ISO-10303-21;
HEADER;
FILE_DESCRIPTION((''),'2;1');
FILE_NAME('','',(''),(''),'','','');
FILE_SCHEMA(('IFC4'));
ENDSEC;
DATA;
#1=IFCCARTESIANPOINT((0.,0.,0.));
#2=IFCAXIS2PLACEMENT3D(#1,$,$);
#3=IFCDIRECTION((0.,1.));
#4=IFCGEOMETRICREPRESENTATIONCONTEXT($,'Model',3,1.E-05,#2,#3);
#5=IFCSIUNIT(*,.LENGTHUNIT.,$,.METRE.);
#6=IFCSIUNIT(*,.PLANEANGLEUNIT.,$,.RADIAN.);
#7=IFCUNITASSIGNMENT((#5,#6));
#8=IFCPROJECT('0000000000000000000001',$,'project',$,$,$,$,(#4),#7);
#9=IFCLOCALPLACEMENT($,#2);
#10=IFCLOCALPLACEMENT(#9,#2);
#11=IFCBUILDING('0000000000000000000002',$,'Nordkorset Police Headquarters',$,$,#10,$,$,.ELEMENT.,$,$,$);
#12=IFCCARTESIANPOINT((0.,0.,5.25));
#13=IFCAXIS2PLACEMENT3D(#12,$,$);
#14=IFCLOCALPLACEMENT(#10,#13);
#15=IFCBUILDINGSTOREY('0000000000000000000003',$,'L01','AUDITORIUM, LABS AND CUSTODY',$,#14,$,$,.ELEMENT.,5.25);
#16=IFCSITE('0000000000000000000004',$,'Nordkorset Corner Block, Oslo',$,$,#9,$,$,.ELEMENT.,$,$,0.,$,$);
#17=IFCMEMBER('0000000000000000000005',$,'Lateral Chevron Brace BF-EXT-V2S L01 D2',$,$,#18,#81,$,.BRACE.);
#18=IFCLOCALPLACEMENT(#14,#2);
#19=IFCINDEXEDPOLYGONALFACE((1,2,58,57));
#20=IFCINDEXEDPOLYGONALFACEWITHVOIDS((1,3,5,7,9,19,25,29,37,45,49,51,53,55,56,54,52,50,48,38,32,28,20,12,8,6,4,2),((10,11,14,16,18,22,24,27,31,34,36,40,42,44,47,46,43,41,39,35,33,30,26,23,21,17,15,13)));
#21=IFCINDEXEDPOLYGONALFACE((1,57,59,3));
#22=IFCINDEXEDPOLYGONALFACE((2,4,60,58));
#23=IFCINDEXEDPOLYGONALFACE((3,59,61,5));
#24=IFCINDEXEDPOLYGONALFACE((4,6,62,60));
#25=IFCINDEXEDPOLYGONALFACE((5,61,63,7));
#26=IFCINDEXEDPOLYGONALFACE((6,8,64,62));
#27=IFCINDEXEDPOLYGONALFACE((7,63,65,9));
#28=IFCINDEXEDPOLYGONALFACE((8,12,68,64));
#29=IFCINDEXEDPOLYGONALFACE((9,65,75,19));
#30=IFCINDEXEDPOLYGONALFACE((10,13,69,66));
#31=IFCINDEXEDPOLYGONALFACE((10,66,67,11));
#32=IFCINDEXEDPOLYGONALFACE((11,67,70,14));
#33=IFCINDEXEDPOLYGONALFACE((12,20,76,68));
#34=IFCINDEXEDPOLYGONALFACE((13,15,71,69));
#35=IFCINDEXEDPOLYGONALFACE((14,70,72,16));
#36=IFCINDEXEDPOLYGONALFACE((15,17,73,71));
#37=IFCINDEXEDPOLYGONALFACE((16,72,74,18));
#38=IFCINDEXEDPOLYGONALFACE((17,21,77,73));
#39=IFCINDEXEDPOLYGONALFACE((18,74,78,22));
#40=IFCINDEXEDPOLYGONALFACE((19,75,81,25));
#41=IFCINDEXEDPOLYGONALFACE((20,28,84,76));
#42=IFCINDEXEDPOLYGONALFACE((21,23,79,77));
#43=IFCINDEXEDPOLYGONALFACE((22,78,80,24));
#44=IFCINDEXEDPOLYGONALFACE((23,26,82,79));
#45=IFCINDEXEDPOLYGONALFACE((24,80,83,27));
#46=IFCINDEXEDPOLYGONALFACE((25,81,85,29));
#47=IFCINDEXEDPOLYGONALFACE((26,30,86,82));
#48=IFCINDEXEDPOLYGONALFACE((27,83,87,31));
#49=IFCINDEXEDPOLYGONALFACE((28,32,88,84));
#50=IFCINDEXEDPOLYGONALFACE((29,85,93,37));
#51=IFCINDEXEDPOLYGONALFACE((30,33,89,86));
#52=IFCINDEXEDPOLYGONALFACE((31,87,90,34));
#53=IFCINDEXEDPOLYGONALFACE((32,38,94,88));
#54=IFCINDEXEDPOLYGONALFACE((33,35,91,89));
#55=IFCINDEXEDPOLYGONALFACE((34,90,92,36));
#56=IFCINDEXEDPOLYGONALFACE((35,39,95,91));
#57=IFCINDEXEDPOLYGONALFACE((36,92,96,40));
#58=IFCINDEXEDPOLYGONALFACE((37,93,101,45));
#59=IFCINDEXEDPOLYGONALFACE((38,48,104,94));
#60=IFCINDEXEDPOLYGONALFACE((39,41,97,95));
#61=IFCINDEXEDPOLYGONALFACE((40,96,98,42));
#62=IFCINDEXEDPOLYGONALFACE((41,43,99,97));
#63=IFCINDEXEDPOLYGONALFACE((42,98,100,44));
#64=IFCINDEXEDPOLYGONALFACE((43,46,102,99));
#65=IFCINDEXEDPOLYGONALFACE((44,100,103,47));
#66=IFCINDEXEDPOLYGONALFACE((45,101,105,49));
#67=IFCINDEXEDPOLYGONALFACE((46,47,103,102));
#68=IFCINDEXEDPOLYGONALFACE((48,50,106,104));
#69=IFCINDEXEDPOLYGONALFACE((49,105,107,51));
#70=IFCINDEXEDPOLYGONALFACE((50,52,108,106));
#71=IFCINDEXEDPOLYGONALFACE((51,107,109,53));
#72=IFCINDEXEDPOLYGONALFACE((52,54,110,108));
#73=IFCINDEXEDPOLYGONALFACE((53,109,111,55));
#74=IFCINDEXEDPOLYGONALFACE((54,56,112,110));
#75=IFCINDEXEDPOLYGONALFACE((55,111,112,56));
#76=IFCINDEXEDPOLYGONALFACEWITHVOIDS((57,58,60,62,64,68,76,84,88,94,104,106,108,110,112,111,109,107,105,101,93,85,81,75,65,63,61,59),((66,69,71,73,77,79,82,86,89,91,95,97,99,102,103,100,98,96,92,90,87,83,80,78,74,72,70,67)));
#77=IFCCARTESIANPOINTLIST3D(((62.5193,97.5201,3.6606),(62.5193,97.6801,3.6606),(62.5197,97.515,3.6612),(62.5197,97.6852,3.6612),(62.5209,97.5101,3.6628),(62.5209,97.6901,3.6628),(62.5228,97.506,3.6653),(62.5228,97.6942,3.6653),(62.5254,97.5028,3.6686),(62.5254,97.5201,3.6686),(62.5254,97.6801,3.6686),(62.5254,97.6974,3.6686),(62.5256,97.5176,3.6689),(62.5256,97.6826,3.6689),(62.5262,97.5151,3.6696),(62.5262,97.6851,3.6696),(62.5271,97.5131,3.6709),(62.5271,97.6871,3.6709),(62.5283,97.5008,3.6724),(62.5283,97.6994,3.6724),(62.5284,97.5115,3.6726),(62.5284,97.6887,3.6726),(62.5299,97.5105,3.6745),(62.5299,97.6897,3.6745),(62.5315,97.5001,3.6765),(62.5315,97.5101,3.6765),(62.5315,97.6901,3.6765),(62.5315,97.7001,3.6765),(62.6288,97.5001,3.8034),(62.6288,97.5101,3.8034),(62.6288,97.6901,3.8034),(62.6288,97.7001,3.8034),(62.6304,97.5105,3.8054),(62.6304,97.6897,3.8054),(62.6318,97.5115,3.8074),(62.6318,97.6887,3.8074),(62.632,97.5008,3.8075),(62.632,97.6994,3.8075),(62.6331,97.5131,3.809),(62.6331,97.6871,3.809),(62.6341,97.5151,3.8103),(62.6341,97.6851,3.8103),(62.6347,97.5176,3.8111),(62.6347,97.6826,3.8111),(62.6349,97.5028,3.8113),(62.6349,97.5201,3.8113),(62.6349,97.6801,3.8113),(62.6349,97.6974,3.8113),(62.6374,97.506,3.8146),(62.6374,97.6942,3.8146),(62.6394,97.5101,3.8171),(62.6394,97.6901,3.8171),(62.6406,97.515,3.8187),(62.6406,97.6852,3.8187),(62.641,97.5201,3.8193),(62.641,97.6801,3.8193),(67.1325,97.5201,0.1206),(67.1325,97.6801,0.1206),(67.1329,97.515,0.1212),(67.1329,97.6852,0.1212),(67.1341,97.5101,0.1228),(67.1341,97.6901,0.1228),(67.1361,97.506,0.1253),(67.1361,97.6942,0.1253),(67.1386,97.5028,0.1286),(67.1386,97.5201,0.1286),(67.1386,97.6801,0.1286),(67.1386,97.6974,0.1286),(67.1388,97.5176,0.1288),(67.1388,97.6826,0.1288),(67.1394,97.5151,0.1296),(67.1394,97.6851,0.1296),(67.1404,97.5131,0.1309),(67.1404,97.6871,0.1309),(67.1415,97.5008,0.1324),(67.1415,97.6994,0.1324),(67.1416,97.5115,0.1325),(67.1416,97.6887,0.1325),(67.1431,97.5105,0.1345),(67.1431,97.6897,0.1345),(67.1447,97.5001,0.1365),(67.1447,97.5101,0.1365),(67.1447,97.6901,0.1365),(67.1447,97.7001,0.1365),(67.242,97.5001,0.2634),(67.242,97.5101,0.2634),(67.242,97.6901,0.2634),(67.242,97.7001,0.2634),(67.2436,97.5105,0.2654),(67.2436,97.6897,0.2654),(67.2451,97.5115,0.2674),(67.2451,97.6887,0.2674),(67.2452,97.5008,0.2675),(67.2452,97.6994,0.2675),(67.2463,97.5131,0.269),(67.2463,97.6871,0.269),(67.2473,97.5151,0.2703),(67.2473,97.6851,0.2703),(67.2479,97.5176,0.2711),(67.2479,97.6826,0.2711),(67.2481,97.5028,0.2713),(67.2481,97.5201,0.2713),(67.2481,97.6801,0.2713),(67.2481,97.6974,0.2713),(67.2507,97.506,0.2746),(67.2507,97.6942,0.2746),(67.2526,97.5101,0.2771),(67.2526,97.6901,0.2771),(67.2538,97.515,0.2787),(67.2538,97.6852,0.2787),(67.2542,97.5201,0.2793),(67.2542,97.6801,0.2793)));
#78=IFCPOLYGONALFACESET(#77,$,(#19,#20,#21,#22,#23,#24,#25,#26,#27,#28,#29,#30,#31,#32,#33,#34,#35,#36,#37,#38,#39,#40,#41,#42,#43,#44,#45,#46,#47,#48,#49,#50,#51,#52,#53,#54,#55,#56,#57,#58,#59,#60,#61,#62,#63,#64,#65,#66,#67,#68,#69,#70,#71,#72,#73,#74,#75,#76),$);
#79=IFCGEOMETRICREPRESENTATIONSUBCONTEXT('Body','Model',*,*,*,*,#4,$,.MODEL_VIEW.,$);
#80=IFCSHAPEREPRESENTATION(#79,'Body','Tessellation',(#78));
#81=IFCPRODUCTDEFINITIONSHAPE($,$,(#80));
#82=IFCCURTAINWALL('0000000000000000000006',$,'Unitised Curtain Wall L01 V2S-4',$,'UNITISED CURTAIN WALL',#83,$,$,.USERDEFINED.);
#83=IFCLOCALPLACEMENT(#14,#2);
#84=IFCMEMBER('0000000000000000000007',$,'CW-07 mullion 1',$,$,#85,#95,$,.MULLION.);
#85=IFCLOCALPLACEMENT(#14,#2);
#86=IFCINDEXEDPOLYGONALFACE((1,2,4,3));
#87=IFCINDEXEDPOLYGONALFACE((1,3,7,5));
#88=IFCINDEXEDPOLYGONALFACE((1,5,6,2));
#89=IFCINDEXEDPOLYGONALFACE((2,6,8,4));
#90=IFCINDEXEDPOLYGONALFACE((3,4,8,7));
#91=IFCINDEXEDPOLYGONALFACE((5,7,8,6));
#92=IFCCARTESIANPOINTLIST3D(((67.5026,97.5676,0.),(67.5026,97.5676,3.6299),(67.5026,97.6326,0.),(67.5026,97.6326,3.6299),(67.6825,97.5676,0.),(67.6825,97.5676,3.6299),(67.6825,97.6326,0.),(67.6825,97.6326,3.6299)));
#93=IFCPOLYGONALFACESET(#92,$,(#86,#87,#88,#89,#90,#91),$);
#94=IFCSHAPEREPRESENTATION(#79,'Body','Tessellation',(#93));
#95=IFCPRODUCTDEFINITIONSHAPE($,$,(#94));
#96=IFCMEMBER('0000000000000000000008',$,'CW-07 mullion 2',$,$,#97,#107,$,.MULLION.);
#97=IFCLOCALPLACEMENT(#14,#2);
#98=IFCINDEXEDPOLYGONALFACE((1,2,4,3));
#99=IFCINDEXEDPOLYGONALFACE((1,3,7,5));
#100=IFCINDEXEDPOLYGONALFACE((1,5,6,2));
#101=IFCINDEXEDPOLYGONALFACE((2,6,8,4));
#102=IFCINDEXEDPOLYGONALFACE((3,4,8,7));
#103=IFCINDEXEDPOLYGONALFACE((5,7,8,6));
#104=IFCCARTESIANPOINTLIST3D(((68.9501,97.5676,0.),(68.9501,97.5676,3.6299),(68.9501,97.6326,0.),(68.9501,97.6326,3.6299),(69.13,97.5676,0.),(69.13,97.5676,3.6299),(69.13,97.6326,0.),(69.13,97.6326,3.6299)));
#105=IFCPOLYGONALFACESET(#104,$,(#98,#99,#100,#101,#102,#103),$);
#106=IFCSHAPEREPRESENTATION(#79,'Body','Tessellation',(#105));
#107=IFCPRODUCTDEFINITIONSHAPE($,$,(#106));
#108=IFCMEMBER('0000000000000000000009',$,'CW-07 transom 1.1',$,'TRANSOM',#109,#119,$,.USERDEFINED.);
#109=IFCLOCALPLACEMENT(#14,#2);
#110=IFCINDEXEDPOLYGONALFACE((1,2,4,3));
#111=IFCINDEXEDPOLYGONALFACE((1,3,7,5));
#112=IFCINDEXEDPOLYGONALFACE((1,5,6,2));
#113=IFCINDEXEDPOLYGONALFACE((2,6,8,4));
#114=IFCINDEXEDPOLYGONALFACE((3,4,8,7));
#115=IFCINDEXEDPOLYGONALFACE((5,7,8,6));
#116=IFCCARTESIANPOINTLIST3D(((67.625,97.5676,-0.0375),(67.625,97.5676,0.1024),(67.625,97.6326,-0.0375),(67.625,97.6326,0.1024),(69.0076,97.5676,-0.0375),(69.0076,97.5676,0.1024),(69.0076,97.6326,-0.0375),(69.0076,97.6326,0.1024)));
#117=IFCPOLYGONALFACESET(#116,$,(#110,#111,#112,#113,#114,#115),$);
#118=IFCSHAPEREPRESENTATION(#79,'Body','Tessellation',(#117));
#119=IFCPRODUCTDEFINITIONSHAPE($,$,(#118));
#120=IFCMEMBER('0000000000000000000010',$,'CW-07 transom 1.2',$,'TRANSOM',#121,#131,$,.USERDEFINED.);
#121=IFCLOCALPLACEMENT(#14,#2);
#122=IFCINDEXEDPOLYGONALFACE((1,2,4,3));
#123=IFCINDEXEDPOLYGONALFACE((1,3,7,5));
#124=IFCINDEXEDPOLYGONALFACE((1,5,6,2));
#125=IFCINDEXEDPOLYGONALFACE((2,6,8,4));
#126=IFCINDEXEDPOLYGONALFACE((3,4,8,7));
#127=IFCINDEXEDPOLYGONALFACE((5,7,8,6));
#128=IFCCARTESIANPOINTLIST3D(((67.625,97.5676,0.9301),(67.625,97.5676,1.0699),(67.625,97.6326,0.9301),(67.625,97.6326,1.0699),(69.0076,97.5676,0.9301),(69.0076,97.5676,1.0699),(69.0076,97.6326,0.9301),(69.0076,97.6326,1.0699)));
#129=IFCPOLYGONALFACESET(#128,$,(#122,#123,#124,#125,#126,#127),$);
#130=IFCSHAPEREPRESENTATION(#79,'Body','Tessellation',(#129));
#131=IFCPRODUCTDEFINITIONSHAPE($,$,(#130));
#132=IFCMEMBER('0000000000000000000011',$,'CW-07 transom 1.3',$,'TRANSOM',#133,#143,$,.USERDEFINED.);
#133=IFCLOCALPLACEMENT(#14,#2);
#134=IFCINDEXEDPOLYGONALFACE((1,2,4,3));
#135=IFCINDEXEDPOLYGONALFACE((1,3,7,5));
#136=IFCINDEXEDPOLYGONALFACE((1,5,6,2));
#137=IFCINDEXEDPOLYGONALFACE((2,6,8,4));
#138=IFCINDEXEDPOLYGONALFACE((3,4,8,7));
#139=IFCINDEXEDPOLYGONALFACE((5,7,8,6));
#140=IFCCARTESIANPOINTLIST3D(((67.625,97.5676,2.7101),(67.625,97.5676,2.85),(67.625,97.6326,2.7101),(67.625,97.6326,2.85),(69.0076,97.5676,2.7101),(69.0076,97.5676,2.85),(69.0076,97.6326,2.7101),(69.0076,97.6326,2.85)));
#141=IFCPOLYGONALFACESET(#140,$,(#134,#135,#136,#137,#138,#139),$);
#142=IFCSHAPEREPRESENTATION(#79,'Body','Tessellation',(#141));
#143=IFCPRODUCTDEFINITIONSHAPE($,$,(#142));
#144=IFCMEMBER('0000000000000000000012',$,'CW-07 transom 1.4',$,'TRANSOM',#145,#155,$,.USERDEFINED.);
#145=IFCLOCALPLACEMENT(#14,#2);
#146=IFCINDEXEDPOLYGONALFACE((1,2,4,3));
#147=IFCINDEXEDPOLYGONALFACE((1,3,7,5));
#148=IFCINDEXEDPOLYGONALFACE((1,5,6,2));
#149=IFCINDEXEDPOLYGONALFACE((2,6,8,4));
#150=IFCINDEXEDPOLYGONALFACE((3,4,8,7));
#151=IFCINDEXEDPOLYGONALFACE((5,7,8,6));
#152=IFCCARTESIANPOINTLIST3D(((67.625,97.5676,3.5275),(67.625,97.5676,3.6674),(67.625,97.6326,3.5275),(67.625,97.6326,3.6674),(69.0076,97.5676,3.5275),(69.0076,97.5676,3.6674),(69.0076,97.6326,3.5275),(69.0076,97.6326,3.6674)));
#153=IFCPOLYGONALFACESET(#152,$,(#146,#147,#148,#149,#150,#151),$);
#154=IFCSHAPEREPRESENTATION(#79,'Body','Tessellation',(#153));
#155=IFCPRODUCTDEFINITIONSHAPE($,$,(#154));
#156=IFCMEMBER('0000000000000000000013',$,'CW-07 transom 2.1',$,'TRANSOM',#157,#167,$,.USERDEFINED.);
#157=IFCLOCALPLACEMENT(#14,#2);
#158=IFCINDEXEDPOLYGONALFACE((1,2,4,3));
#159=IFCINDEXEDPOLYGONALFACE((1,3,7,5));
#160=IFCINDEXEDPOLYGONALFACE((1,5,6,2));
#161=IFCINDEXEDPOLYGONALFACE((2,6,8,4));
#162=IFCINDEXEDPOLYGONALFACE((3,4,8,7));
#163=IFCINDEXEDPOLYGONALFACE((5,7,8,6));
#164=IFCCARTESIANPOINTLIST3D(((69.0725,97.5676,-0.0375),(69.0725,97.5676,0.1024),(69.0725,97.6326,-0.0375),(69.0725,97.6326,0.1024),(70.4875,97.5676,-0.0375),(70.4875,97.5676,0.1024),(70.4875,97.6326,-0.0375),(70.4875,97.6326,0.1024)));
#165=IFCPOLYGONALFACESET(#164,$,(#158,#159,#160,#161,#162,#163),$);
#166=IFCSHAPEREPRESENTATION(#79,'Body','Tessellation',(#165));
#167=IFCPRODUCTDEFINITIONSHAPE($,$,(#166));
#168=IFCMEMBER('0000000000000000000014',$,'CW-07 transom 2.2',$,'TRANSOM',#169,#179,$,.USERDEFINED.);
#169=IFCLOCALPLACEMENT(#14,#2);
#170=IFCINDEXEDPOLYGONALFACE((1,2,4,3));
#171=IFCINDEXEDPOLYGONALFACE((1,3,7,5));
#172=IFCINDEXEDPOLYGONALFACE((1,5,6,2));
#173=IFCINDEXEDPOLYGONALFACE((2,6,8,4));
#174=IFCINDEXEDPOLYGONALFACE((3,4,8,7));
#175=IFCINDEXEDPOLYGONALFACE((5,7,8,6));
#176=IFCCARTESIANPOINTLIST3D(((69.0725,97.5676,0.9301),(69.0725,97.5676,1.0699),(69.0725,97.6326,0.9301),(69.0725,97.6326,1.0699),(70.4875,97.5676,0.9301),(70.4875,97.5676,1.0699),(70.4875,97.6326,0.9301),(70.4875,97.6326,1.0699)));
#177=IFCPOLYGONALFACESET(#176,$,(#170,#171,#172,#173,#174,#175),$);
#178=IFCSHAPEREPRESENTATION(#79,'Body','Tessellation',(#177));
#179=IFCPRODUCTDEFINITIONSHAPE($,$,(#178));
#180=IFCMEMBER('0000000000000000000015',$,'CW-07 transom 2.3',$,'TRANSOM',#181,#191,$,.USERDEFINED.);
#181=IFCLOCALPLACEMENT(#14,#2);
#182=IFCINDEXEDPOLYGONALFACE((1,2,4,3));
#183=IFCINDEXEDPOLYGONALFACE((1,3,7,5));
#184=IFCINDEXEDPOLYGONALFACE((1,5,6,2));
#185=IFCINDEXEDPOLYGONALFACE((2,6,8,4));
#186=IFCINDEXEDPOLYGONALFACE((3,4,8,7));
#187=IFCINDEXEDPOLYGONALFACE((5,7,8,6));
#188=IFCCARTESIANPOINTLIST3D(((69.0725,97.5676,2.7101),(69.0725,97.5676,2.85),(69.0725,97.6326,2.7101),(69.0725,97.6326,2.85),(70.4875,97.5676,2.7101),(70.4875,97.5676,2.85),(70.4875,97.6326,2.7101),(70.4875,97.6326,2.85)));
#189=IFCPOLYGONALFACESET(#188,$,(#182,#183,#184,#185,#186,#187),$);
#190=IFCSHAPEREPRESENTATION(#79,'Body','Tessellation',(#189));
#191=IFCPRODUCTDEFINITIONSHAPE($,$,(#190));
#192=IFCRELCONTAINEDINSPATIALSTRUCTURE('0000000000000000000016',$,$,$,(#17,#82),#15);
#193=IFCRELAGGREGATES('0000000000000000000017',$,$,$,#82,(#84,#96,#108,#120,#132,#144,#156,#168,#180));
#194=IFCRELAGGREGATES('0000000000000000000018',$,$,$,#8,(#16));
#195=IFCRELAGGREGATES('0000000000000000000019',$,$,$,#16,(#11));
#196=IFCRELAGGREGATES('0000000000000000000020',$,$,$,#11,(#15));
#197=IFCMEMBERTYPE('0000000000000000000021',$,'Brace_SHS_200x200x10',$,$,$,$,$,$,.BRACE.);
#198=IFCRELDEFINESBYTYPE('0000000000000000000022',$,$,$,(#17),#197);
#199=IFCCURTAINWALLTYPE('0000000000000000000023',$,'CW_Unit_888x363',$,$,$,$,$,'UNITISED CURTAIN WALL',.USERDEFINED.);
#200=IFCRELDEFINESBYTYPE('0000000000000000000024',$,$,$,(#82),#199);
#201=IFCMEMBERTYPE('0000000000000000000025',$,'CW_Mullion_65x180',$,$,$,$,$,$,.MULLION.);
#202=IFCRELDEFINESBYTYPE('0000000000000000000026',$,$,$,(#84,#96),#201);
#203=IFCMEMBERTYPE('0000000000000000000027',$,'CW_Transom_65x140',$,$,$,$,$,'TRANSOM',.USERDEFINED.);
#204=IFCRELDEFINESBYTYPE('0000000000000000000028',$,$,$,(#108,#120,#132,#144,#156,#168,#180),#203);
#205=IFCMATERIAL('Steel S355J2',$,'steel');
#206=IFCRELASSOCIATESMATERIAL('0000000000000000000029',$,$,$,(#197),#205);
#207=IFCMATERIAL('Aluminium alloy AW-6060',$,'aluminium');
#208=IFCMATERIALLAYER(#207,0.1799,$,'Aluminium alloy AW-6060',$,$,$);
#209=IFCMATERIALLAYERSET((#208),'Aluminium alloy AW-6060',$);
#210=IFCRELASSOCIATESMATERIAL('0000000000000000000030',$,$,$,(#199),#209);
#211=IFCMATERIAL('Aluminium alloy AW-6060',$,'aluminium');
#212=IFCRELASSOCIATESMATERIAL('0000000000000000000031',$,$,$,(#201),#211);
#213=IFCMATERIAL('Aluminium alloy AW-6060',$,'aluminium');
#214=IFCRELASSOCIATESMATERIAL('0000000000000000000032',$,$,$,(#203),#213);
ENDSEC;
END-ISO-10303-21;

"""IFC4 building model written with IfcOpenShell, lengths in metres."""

from ifc_helpers import new_model, si_unit, direction, frame, origin, origin_2d, place, context, subcontext, project, spatial, rectangle, hollow_rectangle, extrude, material, layer, layer_set, material_profile, profile_set, type_object, element, aggregate, save


model = new_model("IFC4")

# Units and contexts
model_context = context("Model", 3, precision=1e-05, world=origin(), true_north=direction((0.0, 1.0)))
body_context = subcontext(model_context, "Body", "Model", "MODEL_VIEW")
ifc_project = project(units=[si_unit("LENGTHUNIT", "METRE"), si_unit("PLANEANGLEUNIT", "RADIAN")], contexts=[model_context])

# Site, building, storey
site_placement = place(None, origin())
site = spatial("IfcSite", under=ifc_project, at=site_placement, Name="Nordkorset Corner Block, Oslo", CompositionType="ELEMENT", RefElevation=0.0)
building_placement = place(site_placement, origin())
building = spatial("IfcBuilding", under=site, at=building_placement, Name="Nordkorset Police Headquarters", CompositionType="ELEMENT")
storey_placement = place(building_placement, frame((0.0, 0.0, 5.25)))
storey = spatial("IfcBuildingStorey", under=building, at=storey_placement, Name="L01", Description="AUDITORIUM, LABS AND CUSTODY", CompositionType="ELEMENT", Elevation=5.25)

# Member
ifc_material_1 = material(Name="Steel S355J2", Category="steel")
ifc_material_profile_1 = material_profile(ifc_material_1, hollow_rectangle(XDim=0.2, YDim=0.2, WallThickness=0.01, InnerFilletRadius=0.01, OuterFilletRadius=0.02, at=origin_2d()), Name="SHS 200x200x10")
ifc_profile_set_1 = profile_set([ifc_material_profile_1], Name="Steel S355J2")
member_type_1 = type_object("IfcMemberType", Name="Brace_SHS_200x200x10", PredefinedType="BRACE", material=ifc_profile_set_1)
for number, where, z_axis, x_axis, name in (
    (1, (67.1934, 97.6001, 0.2), (-0.793341, 0.0, 0.608777), (0.0, -1.0, 0.0), "Lateral Chevron Brace BF-EXT-V2S L01 D2"),
):
    element("IfcMember", number, at=place(storey_placement, frame(where, z_axis=z_axis, x_axis=x_axis)), inside=storey, type_object=member_type_1, Name=name, PredefinedType="BRACE", context=body_context, shape_type="SweptSolid", body=[
        extrude(hollow_rectangle(XDim=0.2, YDim=0.2, WallThickness=0.01, InnerFilletRadius=0.01, OuterFilletRadius=0.02, at=origin_2d()), origin(), (0.0, 0.0, 1.0), 5.8149),
    ])

# Curtain wall, members
ifc_material_2 = material(Name="Aluminium alloy AW-6060", Category="aluminium")
ifc_layer_1 = layer(ifc_material_2, 0.1799, Name="Aluminium alloy AW-6060")
ifc_layer_set_1 = layer_set([ifc_layer_1], Name="Aluminium alloy AW-6060")
curtain_wall_type = type_object("IfcCurtainWallType", Name="CW_Unit_888x363", ElementType="UNITISED CURTAIN WALL", PredefinedType="USERDEFINED", material=ifc_layer_set_1)
curtain_wall_placement = place(storey_placement, origin())
curtain_wall = element("IfcCurtainWall", 2, at=curtain_wall_placement, inside=storey, type_object=curtain_wall_type, Name="Unitised Curtain Wall L01 V2S-4", ObjectType="UNITISED CURTAIN WALL", PredefinedType="USERDEFINED")
ifc_material_3 = material(Name="Aluminium alloy AW-6060", Category="aluminium")
ifc_material_profile_2 = material_profile(ifc_material_3, rectangle(XDim=0.0649, YDim=0.1799, at=origin_2d()), Name="ALU MULL 65x180")
ifc_profile_set_2 = profile_set([ifc_material_profile_2], Name="Aluminium alloy AW-6060")
member_type_2 = type_object("IfcMemberType", Name="CW_Mullion_65x180", PredefinedType="MULLION", material=ifc_profile_set_2)
member_1_placement = place(storey_placement, frame((67.5925, 97.6001, 0.0), z_axis=(0.0, 0.0, 1.0), x_axis=(0.0, 1.0, 0.0)))
member_1 = element("IfcMember", 3, at=member_1_placement, type_object=member_type_2, Name="CW-07 mullion 1", PredefinedType="MULLION", context=body_context, shape_type="SweptSolid", body=[
    extrude(rectangle(XDim=0.0649, YDim=0.1799, at=origin_2d()), origin(), (0.0, 0.0, 1.0), 3.6299),
])
member_2_placement = place(storey_placement, frame((69.04, 97.6001, 0.0), z_axis=(0.0, 0.0, 1.0), x_axis=(0.0, 1.0, 0.0)))
member_2 = element("IfcMember", 4, at=member_2_placement, type_object=member_type_2, Name="CW-07 mullion 2", PredefinedType="MULLION", context=body_context, shape_type="SweptSolid", body=[
    extrude(rectangle(XDim=0.0649, YDim=0.1799, at=origin_2d()), origin(), (0.0, 0.0, 1.0), 3.6299),
])
ifc_material_4 = material(Name="Aluminium alloy AW-6060", Category="aluminium")
ifc_material_profile_3 = material_profile(ifc_material_4, rectangle(XDim=0.0649, YDim=0.1399, at=origin_2d()), Name="ALU TRAN 65x140")
ifc_profile_set_3 = profile_set([ifc_material_profile_3], Name="Aluminium alloy AW-6060")
member_type_3 = type_object("IfcMemberType", Name="CW_Transom_65x140", ElementType="TRANSOM", PredefinedType="USERDEFINED", material=ifc_profile_set_3)
member_3_placement = place(storey_placement, frame((67.625, 97.6001, 0.0325), z_axis=(1.0, 0.0, 0.0), x_axis=(0.0, 1.0, 0.0)))
member_3 = element("IfcMember", 5, at=member_3_placement, type_object=member_type_3, Name="CW-07 transom 1.1", ObjectType="TRANSOM", PredefinedType="USERDEFINED", context=body_context, shape_type="SweptSolid", body=[
    extrude(rectangle(XDim=0.0649, YDim=0.1399, at=origin_2d()), origin(), (0.0, 0.0, 1.0), 1.3826),
])
member_4_placement = place(storey_placement, frame((67.625, 97.6001, 1.0), z_axis=(1.0, 0.0, 0.0), x_axis=(0.0, 1.0, 0.0)))
member_4 = element("IfcMember", 6, at=member_4_placement, type_object=member_type_3, Name="CW-07 transom 1.2", ObjectType="TRANSOM", PredefinedType="USERDEFINED", context=body_context, shape_type="SweptSolid", body=[
    extrude(rectangle(XDim=0.0649, YDim=0.1399, at=origin_2d()), origin(), (0.0, 0.0, 1.0), 1.3826),
])
member_5_placement = place(storey_placement, frame((67.625, 97.6001, 2.78), z_axis=(1.0, 0.0, 0.0), x_axis=(0.0, 1.0, 0.0)))
member_5 = element("IfcMember", 7, at=member_5_placement, type_object=member_type_3, Name="CW-07 transom 1.3", ObjectType="TRANSOM", PredefinedType="USERDEFINED", context=body_context, shape_type="SweptSolid", body=[
    extrude(rectangle(XDim=0.0649, YDim=0.1399, at=origin_2d()), origin(), (0.0, 0.0, 1.0), 1.3826),
])
member_6_placement = place(storey_placement, frame((67.625, 97.6001, 3.5974), z_axis=(1.0, 0.0, 0.0), x_axis=(0.0, 1.0, 0.0)))
member_6 = element("IfcMember", 8, at=member_6_placement, type_object=member_type_3, Name="CW-07 transom 1.4", ObjectType="TRANSOM", PredefinedType="USERDEFINED", context=body_context, shape_type="SweptSolid", body=[
    extrude(rectangle(XDim=0.0649, YDim=0.1399, at=origin_2d()), origin(), (0.0, 0.0, 1.0), 1.3826),
])
member_7_placement = place(storey_placement, frame((69.0725, 97.6001, 0.0325), z_axis=(1.0, 0.0, 0.0), x_axis=(0.0, 1.0, 0.0)))
member_7 = element("IfcMember", 9, at=member_7_placement, type_object=member_type_3, Name="CW-07 transom 2.1", ObjectType="TRANSOM", PredefinedType="USERDEFINED", context=body_context, shape_type="SweptSolid", body=[
    extrude(rectangle(XDim=0.0649, YDim=0.1399, at=origin_2d()), origin(), (0.0, 0.0, 1.0), 1.415),
])
member_8_placement = place(storey_placement, frame((69.0725, 97.6001, 1.0), z_axis=(1.0, 0.0, 0.0), x_axis=(0.0, 1.0, 0.0)))
member_8 = element("IfcMember", 10, at=member_8_placement, type_object=member_type_3, Name="CW-07 transom 2.2", ObjectType="TRANSOM", PredefinedType="USERDEFINED", context=body_context, shape_type="SweptSolid", body=[
    extrude(rectangle(XDim=0.0649, YDim=0.1399, at=origin_2d()), origin(), (0.0, 0.0, 1.0), 1.415),
])
member_9_placement = place(storey_placement, frame((69.0725, 97.6001, 2.78), z_axis=(1.0, 0.0, 0.0), x_axis=(0.0, 1.0, 0.0)))
member_9 = element("IfcMember", 11, at=member_9_placement, type_object=member_type_3, Name="CW-07 transom 2.3", ObjectType="TRANSOM", PredefinedType="USERDEFINED", context=body_context, shape_type="SweptSolid", body=[
    extrude(rectangle(XDim=0.0649, YDim=0.1399, at=origin_2d()), origin(), (0.0, 0.0, 1.0), 1.415),
])

aggregate(curtain_wall, [member_1, member_2, member_3, member_4, member_5, member_6, member_7, member_8, member_9])

save(model, "model.ifc")
